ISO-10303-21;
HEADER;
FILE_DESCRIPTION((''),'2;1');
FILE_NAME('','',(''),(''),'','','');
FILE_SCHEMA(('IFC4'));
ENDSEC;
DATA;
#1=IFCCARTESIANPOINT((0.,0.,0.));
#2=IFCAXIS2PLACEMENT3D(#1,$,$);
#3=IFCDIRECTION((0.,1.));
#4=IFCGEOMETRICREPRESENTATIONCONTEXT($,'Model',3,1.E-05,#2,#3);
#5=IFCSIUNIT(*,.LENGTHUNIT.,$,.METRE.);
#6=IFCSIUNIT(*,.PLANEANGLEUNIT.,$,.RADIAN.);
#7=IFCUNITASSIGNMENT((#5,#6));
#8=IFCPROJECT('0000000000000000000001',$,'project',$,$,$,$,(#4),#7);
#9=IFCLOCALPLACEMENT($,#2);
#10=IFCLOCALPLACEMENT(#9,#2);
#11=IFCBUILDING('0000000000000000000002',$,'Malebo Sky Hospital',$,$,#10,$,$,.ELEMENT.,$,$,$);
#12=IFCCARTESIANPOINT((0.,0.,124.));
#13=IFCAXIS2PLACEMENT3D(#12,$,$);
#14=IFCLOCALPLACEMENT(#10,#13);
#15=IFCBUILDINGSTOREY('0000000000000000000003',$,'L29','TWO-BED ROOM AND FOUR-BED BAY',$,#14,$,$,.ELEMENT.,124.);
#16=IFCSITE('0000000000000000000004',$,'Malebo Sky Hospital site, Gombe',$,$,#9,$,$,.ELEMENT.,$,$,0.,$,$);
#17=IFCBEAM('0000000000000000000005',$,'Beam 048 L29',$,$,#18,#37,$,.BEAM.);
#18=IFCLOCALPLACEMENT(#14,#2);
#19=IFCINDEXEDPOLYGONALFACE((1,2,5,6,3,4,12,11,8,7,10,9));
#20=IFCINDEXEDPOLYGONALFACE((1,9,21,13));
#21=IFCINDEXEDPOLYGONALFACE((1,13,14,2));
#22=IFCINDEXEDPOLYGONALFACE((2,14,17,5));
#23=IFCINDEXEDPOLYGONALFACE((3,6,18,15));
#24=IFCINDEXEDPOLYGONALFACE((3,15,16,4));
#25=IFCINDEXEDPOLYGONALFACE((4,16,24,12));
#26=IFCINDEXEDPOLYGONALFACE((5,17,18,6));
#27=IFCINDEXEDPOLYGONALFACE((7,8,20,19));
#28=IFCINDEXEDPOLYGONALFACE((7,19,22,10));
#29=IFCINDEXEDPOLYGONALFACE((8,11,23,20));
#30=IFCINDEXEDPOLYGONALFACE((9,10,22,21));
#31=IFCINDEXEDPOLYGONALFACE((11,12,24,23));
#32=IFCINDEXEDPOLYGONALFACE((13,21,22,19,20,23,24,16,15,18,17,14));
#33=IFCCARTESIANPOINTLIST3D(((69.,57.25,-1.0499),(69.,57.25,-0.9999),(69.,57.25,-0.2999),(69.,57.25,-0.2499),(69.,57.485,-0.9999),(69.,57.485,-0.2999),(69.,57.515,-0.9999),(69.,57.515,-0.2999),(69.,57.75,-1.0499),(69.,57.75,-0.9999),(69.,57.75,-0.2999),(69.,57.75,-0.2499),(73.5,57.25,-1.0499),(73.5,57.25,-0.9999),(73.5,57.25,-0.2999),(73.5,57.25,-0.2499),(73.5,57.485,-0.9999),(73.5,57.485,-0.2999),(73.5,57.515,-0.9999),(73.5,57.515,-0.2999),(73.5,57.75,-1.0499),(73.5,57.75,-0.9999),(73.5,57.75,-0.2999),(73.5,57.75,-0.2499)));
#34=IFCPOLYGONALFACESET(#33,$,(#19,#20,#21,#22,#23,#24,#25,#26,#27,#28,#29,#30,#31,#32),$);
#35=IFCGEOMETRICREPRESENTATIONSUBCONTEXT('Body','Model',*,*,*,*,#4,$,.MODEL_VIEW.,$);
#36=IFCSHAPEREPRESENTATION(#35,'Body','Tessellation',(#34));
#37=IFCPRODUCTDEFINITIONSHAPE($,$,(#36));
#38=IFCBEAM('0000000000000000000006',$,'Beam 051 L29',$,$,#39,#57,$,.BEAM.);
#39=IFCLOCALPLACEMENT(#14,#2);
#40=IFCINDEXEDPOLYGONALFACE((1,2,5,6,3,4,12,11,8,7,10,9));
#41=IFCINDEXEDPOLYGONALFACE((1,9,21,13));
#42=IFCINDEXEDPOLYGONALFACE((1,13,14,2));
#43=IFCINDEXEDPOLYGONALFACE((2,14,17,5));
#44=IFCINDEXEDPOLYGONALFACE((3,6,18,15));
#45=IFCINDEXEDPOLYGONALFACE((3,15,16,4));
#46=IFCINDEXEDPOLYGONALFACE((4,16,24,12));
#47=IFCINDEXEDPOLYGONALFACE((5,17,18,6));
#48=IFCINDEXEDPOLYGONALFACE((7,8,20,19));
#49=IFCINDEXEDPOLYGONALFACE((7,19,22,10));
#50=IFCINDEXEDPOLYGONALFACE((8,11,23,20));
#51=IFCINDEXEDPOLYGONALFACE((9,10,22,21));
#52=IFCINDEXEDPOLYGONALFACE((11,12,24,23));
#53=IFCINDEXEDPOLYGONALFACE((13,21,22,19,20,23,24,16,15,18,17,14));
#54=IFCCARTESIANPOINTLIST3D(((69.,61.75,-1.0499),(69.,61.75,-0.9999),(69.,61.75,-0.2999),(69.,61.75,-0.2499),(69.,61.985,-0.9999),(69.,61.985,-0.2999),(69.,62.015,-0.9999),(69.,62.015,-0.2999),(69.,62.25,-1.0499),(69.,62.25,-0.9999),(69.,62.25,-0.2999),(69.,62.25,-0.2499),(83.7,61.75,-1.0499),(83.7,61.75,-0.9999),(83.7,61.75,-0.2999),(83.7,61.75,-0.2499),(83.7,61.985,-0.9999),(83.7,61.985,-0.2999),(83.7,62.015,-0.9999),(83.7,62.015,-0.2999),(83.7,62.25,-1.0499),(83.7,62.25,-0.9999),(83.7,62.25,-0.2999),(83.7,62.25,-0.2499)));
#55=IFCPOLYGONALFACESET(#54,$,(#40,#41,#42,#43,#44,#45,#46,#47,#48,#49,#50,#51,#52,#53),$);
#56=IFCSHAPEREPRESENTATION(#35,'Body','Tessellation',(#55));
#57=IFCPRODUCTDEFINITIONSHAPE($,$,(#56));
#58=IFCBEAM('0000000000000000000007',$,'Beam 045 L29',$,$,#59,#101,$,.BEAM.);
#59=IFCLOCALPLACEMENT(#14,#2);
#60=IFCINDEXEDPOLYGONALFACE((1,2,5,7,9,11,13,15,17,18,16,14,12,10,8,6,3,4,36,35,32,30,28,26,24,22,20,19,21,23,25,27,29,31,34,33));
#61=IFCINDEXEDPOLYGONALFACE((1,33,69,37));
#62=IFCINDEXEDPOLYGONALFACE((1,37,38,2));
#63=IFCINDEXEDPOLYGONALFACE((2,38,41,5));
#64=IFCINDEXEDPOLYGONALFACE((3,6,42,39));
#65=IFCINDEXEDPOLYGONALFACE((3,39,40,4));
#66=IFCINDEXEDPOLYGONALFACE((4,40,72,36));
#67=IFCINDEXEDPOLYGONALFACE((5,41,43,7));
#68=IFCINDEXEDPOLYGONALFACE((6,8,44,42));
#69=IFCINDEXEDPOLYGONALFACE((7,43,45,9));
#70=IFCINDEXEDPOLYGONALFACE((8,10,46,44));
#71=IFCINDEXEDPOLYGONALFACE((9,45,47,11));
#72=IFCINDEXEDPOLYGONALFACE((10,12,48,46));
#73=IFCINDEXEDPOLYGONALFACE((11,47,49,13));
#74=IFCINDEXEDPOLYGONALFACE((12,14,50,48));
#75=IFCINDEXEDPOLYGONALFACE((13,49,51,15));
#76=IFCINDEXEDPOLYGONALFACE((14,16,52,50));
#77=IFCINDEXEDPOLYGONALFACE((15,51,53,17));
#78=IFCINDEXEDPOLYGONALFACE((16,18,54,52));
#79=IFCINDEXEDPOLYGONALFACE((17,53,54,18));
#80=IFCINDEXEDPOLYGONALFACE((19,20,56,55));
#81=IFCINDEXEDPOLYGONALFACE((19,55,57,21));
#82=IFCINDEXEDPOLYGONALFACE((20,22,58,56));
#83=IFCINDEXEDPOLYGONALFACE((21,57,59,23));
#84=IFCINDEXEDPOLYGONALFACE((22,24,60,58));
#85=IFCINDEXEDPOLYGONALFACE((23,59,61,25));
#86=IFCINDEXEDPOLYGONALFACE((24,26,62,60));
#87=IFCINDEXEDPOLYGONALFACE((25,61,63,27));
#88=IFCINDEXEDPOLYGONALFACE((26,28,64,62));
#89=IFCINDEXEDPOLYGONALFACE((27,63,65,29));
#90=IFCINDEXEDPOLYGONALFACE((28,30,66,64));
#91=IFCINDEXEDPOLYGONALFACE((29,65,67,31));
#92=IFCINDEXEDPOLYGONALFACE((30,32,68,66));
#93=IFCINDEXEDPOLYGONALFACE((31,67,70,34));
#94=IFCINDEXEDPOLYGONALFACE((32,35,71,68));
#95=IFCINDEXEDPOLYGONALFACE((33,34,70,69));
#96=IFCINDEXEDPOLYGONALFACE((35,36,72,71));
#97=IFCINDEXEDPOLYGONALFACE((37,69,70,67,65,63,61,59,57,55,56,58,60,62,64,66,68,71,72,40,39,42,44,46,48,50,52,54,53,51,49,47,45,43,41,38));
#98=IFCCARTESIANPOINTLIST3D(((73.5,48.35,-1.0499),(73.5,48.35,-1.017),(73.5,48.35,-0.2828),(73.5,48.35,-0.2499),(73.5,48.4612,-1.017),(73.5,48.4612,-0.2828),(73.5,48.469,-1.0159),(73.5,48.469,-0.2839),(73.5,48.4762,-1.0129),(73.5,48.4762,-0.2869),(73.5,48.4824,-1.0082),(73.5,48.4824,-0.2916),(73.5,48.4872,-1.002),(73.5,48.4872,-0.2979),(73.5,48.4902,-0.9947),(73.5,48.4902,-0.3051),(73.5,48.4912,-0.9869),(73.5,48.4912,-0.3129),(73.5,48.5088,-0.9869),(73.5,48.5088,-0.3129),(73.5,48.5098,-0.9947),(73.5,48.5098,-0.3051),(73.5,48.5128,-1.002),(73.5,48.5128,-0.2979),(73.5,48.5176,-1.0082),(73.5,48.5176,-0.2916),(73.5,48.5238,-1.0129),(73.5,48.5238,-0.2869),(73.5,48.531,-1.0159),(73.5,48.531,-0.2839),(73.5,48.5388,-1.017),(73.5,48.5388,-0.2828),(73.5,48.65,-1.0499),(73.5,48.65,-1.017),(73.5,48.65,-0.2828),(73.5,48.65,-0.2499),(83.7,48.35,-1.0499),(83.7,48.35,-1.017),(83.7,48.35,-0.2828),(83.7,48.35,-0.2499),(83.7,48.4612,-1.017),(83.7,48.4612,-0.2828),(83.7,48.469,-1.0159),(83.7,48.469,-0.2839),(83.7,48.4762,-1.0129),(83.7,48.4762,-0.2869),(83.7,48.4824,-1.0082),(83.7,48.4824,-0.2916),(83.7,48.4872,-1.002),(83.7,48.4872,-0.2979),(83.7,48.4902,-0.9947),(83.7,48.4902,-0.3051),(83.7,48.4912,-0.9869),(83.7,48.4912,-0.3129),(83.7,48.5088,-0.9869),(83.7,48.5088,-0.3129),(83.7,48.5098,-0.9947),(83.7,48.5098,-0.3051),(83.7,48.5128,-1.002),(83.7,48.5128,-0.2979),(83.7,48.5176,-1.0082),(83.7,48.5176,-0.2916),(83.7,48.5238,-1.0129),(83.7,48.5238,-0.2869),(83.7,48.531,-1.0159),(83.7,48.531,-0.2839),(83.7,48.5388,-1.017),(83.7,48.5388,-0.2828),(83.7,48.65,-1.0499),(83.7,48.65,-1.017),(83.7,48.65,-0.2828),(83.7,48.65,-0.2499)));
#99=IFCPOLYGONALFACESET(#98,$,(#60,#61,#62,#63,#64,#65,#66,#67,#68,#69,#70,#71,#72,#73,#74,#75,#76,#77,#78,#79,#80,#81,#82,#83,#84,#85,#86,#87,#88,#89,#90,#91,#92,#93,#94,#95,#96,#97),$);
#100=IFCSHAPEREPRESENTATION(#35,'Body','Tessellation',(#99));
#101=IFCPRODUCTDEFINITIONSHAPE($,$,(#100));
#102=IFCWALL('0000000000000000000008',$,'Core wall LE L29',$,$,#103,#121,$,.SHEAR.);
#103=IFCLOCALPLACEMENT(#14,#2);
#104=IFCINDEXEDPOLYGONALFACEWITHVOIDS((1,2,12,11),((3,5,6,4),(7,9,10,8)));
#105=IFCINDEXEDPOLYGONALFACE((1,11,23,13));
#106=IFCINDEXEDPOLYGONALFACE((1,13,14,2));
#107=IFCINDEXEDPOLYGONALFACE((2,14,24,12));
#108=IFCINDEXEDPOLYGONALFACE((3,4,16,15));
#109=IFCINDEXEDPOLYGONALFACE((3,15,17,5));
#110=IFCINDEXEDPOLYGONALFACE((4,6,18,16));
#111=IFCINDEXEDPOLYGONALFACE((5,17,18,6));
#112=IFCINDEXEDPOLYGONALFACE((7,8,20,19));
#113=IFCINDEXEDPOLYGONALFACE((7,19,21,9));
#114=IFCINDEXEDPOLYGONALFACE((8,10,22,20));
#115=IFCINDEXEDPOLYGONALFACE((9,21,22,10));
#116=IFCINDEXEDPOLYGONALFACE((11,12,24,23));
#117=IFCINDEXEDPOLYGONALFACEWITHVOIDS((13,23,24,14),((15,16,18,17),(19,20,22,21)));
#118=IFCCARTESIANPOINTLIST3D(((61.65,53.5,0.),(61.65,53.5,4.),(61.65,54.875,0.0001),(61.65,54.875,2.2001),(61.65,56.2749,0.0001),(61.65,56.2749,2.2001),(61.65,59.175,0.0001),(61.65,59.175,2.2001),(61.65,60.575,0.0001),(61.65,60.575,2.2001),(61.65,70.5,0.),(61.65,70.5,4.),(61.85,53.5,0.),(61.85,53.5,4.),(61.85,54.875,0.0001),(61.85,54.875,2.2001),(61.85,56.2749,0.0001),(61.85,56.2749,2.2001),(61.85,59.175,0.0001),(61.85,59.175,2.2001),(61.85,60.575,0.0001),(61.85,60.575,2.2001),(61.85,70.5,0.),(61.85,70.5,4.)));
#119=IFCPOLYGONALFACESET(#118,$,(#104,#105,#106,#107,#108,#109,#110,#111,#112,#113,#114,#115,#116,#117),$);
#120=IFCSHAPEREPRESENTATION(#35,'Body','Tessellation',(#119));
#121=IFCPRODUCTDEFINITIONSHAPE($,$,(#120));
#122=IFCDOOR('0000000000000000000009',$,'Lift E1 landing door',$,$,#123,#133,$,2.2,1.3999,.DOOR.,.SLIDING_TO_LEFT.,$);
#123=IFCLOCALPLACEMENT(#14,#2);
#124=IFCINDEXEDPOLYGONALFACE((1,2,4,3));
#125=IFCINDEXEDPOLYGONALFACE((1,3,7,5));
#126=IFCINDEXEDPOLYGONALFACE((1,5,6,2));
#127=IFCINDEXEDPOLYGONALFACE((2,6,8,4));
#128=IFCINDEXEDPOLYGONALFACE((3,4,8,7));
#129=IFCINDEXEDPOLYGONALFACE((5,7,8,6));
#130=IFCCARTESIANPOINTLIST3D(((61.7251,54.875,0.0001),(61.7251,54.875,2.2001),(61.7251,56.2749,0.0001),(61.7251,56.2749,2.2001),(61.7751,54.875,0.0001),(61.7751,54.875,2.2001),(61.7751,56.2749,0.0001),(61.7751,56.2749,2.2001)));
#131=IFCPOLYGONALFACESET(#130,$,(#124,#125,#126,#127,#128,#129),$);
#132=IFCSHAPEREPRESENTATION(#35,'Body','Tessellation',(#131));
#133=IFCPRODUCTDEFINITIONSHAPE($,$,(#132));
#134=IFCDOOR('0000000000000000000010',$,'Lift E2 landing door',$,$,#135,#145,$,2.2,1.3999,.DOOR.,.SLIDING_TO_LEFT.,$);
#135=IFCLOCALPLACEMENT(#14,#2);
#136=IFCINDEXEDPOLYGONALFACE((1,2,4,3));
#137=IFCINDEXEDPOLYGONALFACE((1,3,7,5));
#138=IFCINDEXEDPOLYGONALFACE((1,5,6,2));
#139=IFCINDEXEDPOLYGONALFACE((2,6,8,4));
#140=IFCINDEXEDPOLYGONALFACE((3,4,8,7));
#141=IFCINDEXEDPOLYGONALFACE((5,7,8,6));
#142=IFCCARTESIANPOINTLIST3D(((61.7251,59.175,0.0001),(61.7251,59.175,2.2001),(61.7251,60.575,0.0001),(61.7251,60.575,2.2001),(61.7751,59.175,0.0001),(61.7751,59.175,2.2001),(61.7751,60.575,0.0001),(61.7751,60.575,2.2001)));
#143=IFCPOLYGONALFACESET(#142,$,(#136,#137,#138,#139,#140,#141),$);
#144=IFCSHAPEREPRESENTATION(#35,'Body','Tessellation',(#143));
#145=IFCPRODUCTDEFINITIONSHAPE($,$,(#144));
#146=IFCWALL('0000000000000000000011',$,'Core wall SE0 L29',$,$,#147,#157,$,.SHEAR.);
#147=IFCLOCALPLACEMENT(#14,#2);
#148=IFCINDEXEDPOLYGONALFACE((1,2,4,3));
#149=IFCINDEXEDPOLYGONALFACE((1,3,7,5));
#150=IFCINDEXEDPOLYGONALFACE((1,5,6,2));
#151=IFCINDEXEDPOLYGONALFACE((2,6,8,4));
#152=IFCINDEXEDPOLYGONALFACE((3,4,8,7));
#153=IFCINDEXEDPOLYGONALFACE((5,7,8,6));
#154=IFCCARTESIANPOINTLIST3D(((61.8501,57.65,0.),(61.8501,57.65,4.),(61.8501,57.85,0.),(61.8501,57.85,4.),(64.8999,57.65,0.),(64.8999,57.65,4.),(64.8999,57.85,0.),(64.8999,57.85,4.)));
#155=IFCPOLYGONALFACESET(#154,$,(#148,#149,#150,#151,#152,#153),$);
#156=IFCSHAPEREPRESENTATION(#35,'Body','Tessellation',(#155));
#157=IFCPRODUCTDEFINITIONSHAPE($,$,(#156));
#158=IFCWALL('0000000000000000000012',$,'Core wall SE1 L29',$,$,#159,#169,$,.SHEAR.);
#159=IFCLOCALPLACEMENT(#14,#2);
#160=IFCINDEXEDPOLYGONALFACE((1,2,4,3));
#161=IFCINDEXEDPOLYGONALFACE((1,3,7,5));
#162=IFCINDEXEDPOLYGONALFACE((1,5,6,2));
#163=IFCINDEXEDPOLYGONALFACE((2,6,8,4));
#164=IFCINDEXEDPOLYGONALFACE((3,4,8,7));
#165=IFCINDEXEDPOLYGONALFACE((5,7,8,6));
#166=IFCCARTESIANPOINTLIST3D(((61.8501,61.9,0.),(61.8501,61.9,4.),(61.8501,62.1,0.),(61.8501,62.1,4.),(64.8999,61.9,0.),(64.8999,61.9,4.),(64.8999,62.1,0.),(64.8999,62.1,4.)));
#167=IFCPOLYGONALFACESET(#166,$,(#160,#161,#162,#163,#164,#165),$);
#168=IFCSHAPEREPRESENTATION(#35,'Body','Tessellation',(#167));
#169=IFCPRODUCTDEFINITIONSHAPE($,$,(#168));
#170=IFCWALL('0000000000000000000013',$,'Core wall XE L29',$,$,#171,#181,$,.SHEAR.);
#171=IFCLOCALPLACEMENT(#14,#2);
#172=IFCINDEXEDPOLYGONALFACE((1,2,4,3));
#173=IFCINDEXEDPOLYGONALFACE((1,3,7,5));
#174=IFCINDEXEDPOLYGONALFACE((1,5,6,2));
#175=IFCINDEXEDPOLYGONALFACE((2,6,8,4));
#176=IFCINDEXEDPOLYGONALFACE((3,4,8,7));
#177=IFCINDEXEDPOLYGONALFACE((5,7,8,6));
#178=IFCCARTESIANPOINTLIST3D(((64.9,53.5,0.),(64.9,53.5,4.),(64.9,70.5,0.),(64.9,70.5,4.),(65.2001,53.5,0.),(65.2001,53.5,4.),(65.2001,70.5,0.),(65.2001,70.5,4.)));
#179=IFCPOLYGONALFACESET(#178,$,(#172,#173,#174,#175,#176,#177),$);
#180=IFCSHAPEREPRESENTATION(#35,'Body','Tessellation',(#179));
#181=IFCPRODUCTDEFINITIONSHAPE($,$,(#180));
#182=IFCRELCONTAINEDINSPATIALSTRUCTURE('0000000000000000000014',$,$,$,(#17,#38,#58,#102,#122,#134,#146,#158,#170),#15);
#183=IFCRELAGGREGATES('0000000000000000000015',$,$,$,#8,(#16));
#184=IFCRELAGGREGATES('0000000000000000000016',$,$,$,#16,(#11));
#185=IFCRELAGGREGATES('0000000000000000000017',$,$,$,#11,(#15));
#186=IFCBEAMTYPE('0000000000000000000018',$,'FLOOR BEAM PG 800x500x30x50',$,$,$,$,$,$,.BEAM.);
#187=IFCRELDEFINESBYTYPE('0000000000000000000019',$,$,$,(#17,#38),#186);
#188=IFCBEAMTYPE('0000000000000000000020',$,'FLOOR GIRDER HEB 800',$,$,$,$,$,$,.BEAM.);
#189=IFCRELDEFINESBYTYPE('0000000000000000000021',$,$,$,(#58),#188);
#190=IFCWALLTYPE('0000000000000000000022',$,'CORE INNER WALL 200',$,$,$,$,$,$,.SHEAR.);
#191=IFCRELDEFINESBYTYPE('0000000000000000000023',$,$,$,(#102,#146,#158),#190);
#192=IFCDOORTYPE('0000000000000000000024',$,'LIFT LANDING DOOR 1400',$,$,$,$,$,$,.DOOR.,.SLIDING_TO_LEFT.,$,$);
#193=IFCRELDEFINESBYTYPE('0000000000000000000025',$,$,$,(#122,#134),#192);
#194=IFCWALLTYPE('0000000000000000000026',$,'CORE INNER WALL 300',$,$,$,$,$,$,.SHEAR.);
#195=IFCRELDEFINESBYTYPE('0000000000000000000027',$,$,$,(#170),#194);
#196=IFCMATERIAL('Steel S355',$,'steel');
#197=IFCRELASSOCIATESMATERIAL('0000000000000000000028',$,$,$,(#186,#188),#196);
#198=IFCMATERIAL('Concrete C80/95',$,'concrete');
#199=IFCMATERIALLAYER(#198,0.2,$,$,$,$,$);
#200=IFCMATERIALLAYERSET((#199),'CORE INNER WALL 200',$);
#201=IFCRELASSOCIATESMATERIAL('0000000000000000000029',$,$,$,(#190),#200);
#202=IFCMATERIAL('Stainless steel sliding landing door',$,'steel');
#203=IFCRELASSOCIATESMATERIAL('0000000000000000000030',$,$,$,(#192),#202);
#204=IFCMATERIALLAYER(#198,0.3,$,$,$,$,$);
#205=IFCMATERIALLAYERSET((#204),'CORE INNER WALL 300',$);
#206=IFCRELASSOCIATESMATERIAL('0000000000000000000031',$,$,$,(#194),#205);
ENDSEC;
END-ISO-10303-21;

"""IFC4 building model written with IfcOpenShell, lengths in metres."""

from ifc_helpers import new_model, si_unit, direction, frame, frame_2d, origin, origin_2d, place, context, subcontext, project, spatial, rectangle, i_section, extrude, material, layer, layer_set, material_profile, profile_set, type_object, element, fill, save


model = new_model("IFC4")

# Units and contexts
model_context = context("Model", 3, precision=1e-05, world=origin(), true_north=direction((0.0, 1.0)))
body_context = subcontext(model_context, "Body", "Model", "MODEL_VIEW")
ifc_project = project(units=[si_unit("LENGTHUNIT", "METRE"), si_unit("PLANEANGLEUNIT", "RADIAN")], contexts=[model_context])

# Site, building, storey
site_placement = place(None, origin())
site = spatial("IfcSite", under=ifc_project, at=site_placement, Name="Malebo Sky Hospital site, Gombe", CompositionType="ELEMENT", RefElevation=0.0)
building_placement = place(site_placement, origin())
building = spatial("IfcBuilding", under=site, at=building_placement, Name="Malebo Sky Hospital", CompositionType="ELEMENT")
storey_placement = place(building_placement, frame((0.0, 0.0, 124.0)))
storey = spatial("IfcBuildingStorey", under=building, at=storey_placement, Name="L29", Description="TWO-BED ROOM AND FOUR-BED BAY", CompositionType="ELEMENT", Elevation=124.0)

# Beams
ifc_material_1 = material(Name="Steel S355", Category="steel")
ifc_material_profile_1 = material_profile(ifc_material_1, i_section(OverallWidth=0.5, OverallDepth=0.8, WebThickness=0.03, FlangeThickness=0.05, at=origin_2d()), Name="PG 800x500x30x50")
ifc_profile_set_1 = profile_set([ifc_material_profile_1], Name="Steel S355")
beam_type_1 = type_object("IfcBeamType", Name="FLOOR BEAM PG 800x500x30x50", PredefinedType="BEAM", material=ifc_profile_set_1)
beam_1_placement = place(storey_placement, frame((69.0, 57.5, -0.6499), z_axis=(1.0, 0.0, 0.0), x_axis=(0.0, 1.0, 0.0)))
element("IfcBeam", 1, at=beam_1_placement, inside=storey, type_object=beam_type_1, Name="Beam 048 L29", PredefinedType="BEAM", context=body_context, shape_type="SweptSolid", body=[
    extrude(i_section(OverallWidth=0.5, OverallDepth=0.8, WebThickness=0.03, FlangeThickness=0.05, at=origin_2d()), origin(), (0.0, 0.0, 1.0), 4.5),
])
beam_2_placement = place(storey_placement, frame((69.0, 62.0, -0.6499), z_axis=(1.0, 0.0, 0.0), x_axis=(0.0, 1.0, 0.0)))
element("IfcBeam", 2, at=beam_2_placement, inside=storey, type_object=beam_type_1, Name="Beam 051 L29", PredefinedType="BEAM", context=body_context, shape_type="SweptSolid", body=[
    extrude(i_section(OverallWidth=0.5, OverallDepth=0.8, WebThickness=0.03, FlangeThickness=0.05, at=origin_2d()), origin(), (0.0, 0.0, 1.0), 14.7),
])
ifc_material_profile_2 = material_profile(ifc_material_1, i_section(OverallWidth=0.3, OverallDepth=0.8, WebThickness=0.0176, FlangeThickness=0.033, FilletRadius=0.03, at=origin_2d()), Name="HEB 800")
ifc_profile_set_2 = profile_set([ifc_material_profile_2], Name="Steel S355")
beam_type_2 = type_object("IfcBeamType", Name="FLOOR GIRDER HEB 800", PredefinedType="BEAM", material=ifc_profile_set_2)
beam_3_placement = place(storey_placement, frame((73.5, 48.5, -0.6499), z_axis=(1.0, 0.0, 0.0), x_axis=(0.0, 1.0, 0.0)))
element("IfcBeam", 3, at=beam_3_placement, inside=storey, type_object=beam_type_2, Name="Beam 045 L29", PredefinedType="BEAM", context=body_context, shape_type="SweptSolid", body=[
    extrude(i_section(OverallWidth=0.3, OverallDepth=0.8, WebThickness=0.0176, FlangeThickness=0.033, FilletRadius=0.03, at=origin_2d()), origin(), (0.0, 0.0, 1.0), 10.2),
])

# Wall, openings, doors
ifc_material_2 = material(Name="Concrete C80/95", Category="concrete")
ifc_layer_1 = layer(ifc_material_2, 0.2)
ifc_layer_set_1 = layer_set([ifc_layer_1], Name="CORE INNER WALL 200")
wall_type_1 = type_object("IfcWallType", Name="CORE INNER WALL 200", PredefinedType="SHEAR", material=ifc_layer_set_1)
wall_1_placement = place(storey_placement, frame((61.75, 53.5, 0.0), z_axis=(0.0, 0.0, 1.0), x_axis=(0.0, 1.0, 0.0)))
wall_1 = element("IfcWall", 4, at=wall_1_placement, inside=storey, type_object=wall_type_1, Name="Core wall LE L29", PredefinedType="SHEAR", context=body_context, shape_type="SweptSolid", body=[
    extrude(rectangle(XDim=17.0, YDim=0.2, at=frame_2d((8.5, 0.0))), origin(), (0.0, 0.0, 1.0), 4.0),
])
opening_1_placement = place(wall_1_placement, frame((1.375, 0.0, 0.0)))
opening_1 = element("IfcOpeningElement", 5, at=opening_1_placement, cuts=wall_1, PredefinedType="OPENING", context=body_context, shape_type="SweptSolid", body=[
    extrude(rectangle(XDim=1.3999, YDim=2.2, at=frame_2d((0.7, 1.1001))), frame((0.0, 0.1099, 0.0), z_axis=(0.0, -1.0, 0.0), x_axis=(1.0, 0.0, 0.0)), (0.0, 0.0, 1.0), 0.22),
])
opening_2_placement = place(wall_1_placement, frame((5.675, 0.0, 0.0)))
opening_2 = element("IfcOpeningElement", 6, at=opening_2_placement, cuts=wall_1, PredefinedType="OPENING", context=body_context, shape_type="SweptSolid", body=[
    extrude(rectangle(XDim=1.3999, YDim=2.2, at=frame_2d((0.7, 1.1001))), frame((0.0, 0.1099, 0.0), z_axis=(0.0, -1.0, 0.0), x_axis=(1.0, 0.0, 0.0)), (0.0, 0.0, 1.0), 0.22),
])
ifc_material_3 = material(Name="Stainless steel sliding landing door", Category="steel")
door_type_1 = type_object("IfcDoorType", Name="LIFT LANDING DOOR 1400", OperationType="SLIDING_TO_LEFT", PredefinedType="DOOR", material=ifc_material_3)
door_1_placement = place(opening_1_placement, origin())
door_1 = element("IfcDoor", 7, at=door_1_placement, inside=storey, type_object=door_type_1, Name="Lift E1 landing door", OperationType="SLIDING_TO_LEFT", OverallHeight=2.2, OverallWidth=1.3999, PredefinedType="DOOR", context=body_context, shape_type="SweptSolid", body=[
    extrude(rectangle(XDim=1.3999, YDim=2.2, at=frame_2d((0.7, 1.1001))), frame((0.0, 0.0249, 0.0), z_axis=(0.0, -1.0, 0.0), x_axis=(1.0, 0.0, 0.0)), (0.0, 0.0, 1.0), 0.05),
])
fill(opening_1, door_1)
door_2_placement = place(opening_2_placement, origin())
door_2 = element("IfcDoor", 8, at=door_2_placement, inside=storey, type_object=door_type_1, Name="Lift E2 landing door", OperationType="SLIDING_TO_LEFT", OverallHeight=2.2, OverallWidth=1.3999, PredefinedType="DOOR", context=body_context, shape_type="SweptSolid", body=[
    extrude(rectangle(XDim=1.3999, YDim=2.2, at=frame_2d((0.7, 1.1001))), frame((0.0, 0.0249, 0.0), z_axis=(0.0, -1.0, 0.0), x_axis=(1.0, 0.0, 0.0)), (0.0, 0.0, 1.0), 0.05),
])
fill(opening_2, door_2)

# Walls
for number, where, z_axis, x_axis, name in (
    (9, (61.8501, 57.75, 0.0), (0.0, 0.0, 1.0), (1.0, 0.0, 0.0), "Core wall SE0 L29"),
    (10, (61.8501, 62.0, 0.0), (0.0, 0.0, 1.0), (1.0, 0.0, 0.0), "Core wall SE1 L29"),
):
    element("IfcWall", number, at=place(storey_placement, frame(where, z_axis=z_axis, x_axis=x_axis)), inside=storey, type_object=wall_type_1, Name=name, PredefinedType="SHEAR", context=body_context, shape_type="SweptSolid", body=[
        extrude(rectangle(XDim=3.0498, YDim=0.2, at=frame_2d((1.5249, 0.0))), origin(), (0.0, 0.0, 1.0), 4.0),
    ])
ifc_layer_2 = layer(ifc_material_2, 0.3)
ifc_layer_set_2 = layer_set([ifc_layer_2], Name="CORE INNER WALL 300")
wall_type_2 = type_object("IfcWallType", Name="CORE INNER WALL 300", PredefinedType="SHEAR", material=ifc_layer_set_2)
wall_2_placement = place(storey_placement, frame((65.05, 53.5, 0.0), z_axis=(0.0, 0.0, 1.0), x_axis=(0.0, 1.0, 0.0)))
element("IfcWall", 11, at=wall_2_placement, inside=storey, type_object=wall_type_2, Name="Core wall XE L29", PredefinedType="SHEAR", context=body_context, shape_type="SweptSolid", body=[
    extrude(rectangle(XDim=17.0, YDim=0.3, at=frame_2d((8.5, 0.0))), origin(), (0.0, 0.0, 1.0), 4.0),
])

save(model, "model.ifc")
